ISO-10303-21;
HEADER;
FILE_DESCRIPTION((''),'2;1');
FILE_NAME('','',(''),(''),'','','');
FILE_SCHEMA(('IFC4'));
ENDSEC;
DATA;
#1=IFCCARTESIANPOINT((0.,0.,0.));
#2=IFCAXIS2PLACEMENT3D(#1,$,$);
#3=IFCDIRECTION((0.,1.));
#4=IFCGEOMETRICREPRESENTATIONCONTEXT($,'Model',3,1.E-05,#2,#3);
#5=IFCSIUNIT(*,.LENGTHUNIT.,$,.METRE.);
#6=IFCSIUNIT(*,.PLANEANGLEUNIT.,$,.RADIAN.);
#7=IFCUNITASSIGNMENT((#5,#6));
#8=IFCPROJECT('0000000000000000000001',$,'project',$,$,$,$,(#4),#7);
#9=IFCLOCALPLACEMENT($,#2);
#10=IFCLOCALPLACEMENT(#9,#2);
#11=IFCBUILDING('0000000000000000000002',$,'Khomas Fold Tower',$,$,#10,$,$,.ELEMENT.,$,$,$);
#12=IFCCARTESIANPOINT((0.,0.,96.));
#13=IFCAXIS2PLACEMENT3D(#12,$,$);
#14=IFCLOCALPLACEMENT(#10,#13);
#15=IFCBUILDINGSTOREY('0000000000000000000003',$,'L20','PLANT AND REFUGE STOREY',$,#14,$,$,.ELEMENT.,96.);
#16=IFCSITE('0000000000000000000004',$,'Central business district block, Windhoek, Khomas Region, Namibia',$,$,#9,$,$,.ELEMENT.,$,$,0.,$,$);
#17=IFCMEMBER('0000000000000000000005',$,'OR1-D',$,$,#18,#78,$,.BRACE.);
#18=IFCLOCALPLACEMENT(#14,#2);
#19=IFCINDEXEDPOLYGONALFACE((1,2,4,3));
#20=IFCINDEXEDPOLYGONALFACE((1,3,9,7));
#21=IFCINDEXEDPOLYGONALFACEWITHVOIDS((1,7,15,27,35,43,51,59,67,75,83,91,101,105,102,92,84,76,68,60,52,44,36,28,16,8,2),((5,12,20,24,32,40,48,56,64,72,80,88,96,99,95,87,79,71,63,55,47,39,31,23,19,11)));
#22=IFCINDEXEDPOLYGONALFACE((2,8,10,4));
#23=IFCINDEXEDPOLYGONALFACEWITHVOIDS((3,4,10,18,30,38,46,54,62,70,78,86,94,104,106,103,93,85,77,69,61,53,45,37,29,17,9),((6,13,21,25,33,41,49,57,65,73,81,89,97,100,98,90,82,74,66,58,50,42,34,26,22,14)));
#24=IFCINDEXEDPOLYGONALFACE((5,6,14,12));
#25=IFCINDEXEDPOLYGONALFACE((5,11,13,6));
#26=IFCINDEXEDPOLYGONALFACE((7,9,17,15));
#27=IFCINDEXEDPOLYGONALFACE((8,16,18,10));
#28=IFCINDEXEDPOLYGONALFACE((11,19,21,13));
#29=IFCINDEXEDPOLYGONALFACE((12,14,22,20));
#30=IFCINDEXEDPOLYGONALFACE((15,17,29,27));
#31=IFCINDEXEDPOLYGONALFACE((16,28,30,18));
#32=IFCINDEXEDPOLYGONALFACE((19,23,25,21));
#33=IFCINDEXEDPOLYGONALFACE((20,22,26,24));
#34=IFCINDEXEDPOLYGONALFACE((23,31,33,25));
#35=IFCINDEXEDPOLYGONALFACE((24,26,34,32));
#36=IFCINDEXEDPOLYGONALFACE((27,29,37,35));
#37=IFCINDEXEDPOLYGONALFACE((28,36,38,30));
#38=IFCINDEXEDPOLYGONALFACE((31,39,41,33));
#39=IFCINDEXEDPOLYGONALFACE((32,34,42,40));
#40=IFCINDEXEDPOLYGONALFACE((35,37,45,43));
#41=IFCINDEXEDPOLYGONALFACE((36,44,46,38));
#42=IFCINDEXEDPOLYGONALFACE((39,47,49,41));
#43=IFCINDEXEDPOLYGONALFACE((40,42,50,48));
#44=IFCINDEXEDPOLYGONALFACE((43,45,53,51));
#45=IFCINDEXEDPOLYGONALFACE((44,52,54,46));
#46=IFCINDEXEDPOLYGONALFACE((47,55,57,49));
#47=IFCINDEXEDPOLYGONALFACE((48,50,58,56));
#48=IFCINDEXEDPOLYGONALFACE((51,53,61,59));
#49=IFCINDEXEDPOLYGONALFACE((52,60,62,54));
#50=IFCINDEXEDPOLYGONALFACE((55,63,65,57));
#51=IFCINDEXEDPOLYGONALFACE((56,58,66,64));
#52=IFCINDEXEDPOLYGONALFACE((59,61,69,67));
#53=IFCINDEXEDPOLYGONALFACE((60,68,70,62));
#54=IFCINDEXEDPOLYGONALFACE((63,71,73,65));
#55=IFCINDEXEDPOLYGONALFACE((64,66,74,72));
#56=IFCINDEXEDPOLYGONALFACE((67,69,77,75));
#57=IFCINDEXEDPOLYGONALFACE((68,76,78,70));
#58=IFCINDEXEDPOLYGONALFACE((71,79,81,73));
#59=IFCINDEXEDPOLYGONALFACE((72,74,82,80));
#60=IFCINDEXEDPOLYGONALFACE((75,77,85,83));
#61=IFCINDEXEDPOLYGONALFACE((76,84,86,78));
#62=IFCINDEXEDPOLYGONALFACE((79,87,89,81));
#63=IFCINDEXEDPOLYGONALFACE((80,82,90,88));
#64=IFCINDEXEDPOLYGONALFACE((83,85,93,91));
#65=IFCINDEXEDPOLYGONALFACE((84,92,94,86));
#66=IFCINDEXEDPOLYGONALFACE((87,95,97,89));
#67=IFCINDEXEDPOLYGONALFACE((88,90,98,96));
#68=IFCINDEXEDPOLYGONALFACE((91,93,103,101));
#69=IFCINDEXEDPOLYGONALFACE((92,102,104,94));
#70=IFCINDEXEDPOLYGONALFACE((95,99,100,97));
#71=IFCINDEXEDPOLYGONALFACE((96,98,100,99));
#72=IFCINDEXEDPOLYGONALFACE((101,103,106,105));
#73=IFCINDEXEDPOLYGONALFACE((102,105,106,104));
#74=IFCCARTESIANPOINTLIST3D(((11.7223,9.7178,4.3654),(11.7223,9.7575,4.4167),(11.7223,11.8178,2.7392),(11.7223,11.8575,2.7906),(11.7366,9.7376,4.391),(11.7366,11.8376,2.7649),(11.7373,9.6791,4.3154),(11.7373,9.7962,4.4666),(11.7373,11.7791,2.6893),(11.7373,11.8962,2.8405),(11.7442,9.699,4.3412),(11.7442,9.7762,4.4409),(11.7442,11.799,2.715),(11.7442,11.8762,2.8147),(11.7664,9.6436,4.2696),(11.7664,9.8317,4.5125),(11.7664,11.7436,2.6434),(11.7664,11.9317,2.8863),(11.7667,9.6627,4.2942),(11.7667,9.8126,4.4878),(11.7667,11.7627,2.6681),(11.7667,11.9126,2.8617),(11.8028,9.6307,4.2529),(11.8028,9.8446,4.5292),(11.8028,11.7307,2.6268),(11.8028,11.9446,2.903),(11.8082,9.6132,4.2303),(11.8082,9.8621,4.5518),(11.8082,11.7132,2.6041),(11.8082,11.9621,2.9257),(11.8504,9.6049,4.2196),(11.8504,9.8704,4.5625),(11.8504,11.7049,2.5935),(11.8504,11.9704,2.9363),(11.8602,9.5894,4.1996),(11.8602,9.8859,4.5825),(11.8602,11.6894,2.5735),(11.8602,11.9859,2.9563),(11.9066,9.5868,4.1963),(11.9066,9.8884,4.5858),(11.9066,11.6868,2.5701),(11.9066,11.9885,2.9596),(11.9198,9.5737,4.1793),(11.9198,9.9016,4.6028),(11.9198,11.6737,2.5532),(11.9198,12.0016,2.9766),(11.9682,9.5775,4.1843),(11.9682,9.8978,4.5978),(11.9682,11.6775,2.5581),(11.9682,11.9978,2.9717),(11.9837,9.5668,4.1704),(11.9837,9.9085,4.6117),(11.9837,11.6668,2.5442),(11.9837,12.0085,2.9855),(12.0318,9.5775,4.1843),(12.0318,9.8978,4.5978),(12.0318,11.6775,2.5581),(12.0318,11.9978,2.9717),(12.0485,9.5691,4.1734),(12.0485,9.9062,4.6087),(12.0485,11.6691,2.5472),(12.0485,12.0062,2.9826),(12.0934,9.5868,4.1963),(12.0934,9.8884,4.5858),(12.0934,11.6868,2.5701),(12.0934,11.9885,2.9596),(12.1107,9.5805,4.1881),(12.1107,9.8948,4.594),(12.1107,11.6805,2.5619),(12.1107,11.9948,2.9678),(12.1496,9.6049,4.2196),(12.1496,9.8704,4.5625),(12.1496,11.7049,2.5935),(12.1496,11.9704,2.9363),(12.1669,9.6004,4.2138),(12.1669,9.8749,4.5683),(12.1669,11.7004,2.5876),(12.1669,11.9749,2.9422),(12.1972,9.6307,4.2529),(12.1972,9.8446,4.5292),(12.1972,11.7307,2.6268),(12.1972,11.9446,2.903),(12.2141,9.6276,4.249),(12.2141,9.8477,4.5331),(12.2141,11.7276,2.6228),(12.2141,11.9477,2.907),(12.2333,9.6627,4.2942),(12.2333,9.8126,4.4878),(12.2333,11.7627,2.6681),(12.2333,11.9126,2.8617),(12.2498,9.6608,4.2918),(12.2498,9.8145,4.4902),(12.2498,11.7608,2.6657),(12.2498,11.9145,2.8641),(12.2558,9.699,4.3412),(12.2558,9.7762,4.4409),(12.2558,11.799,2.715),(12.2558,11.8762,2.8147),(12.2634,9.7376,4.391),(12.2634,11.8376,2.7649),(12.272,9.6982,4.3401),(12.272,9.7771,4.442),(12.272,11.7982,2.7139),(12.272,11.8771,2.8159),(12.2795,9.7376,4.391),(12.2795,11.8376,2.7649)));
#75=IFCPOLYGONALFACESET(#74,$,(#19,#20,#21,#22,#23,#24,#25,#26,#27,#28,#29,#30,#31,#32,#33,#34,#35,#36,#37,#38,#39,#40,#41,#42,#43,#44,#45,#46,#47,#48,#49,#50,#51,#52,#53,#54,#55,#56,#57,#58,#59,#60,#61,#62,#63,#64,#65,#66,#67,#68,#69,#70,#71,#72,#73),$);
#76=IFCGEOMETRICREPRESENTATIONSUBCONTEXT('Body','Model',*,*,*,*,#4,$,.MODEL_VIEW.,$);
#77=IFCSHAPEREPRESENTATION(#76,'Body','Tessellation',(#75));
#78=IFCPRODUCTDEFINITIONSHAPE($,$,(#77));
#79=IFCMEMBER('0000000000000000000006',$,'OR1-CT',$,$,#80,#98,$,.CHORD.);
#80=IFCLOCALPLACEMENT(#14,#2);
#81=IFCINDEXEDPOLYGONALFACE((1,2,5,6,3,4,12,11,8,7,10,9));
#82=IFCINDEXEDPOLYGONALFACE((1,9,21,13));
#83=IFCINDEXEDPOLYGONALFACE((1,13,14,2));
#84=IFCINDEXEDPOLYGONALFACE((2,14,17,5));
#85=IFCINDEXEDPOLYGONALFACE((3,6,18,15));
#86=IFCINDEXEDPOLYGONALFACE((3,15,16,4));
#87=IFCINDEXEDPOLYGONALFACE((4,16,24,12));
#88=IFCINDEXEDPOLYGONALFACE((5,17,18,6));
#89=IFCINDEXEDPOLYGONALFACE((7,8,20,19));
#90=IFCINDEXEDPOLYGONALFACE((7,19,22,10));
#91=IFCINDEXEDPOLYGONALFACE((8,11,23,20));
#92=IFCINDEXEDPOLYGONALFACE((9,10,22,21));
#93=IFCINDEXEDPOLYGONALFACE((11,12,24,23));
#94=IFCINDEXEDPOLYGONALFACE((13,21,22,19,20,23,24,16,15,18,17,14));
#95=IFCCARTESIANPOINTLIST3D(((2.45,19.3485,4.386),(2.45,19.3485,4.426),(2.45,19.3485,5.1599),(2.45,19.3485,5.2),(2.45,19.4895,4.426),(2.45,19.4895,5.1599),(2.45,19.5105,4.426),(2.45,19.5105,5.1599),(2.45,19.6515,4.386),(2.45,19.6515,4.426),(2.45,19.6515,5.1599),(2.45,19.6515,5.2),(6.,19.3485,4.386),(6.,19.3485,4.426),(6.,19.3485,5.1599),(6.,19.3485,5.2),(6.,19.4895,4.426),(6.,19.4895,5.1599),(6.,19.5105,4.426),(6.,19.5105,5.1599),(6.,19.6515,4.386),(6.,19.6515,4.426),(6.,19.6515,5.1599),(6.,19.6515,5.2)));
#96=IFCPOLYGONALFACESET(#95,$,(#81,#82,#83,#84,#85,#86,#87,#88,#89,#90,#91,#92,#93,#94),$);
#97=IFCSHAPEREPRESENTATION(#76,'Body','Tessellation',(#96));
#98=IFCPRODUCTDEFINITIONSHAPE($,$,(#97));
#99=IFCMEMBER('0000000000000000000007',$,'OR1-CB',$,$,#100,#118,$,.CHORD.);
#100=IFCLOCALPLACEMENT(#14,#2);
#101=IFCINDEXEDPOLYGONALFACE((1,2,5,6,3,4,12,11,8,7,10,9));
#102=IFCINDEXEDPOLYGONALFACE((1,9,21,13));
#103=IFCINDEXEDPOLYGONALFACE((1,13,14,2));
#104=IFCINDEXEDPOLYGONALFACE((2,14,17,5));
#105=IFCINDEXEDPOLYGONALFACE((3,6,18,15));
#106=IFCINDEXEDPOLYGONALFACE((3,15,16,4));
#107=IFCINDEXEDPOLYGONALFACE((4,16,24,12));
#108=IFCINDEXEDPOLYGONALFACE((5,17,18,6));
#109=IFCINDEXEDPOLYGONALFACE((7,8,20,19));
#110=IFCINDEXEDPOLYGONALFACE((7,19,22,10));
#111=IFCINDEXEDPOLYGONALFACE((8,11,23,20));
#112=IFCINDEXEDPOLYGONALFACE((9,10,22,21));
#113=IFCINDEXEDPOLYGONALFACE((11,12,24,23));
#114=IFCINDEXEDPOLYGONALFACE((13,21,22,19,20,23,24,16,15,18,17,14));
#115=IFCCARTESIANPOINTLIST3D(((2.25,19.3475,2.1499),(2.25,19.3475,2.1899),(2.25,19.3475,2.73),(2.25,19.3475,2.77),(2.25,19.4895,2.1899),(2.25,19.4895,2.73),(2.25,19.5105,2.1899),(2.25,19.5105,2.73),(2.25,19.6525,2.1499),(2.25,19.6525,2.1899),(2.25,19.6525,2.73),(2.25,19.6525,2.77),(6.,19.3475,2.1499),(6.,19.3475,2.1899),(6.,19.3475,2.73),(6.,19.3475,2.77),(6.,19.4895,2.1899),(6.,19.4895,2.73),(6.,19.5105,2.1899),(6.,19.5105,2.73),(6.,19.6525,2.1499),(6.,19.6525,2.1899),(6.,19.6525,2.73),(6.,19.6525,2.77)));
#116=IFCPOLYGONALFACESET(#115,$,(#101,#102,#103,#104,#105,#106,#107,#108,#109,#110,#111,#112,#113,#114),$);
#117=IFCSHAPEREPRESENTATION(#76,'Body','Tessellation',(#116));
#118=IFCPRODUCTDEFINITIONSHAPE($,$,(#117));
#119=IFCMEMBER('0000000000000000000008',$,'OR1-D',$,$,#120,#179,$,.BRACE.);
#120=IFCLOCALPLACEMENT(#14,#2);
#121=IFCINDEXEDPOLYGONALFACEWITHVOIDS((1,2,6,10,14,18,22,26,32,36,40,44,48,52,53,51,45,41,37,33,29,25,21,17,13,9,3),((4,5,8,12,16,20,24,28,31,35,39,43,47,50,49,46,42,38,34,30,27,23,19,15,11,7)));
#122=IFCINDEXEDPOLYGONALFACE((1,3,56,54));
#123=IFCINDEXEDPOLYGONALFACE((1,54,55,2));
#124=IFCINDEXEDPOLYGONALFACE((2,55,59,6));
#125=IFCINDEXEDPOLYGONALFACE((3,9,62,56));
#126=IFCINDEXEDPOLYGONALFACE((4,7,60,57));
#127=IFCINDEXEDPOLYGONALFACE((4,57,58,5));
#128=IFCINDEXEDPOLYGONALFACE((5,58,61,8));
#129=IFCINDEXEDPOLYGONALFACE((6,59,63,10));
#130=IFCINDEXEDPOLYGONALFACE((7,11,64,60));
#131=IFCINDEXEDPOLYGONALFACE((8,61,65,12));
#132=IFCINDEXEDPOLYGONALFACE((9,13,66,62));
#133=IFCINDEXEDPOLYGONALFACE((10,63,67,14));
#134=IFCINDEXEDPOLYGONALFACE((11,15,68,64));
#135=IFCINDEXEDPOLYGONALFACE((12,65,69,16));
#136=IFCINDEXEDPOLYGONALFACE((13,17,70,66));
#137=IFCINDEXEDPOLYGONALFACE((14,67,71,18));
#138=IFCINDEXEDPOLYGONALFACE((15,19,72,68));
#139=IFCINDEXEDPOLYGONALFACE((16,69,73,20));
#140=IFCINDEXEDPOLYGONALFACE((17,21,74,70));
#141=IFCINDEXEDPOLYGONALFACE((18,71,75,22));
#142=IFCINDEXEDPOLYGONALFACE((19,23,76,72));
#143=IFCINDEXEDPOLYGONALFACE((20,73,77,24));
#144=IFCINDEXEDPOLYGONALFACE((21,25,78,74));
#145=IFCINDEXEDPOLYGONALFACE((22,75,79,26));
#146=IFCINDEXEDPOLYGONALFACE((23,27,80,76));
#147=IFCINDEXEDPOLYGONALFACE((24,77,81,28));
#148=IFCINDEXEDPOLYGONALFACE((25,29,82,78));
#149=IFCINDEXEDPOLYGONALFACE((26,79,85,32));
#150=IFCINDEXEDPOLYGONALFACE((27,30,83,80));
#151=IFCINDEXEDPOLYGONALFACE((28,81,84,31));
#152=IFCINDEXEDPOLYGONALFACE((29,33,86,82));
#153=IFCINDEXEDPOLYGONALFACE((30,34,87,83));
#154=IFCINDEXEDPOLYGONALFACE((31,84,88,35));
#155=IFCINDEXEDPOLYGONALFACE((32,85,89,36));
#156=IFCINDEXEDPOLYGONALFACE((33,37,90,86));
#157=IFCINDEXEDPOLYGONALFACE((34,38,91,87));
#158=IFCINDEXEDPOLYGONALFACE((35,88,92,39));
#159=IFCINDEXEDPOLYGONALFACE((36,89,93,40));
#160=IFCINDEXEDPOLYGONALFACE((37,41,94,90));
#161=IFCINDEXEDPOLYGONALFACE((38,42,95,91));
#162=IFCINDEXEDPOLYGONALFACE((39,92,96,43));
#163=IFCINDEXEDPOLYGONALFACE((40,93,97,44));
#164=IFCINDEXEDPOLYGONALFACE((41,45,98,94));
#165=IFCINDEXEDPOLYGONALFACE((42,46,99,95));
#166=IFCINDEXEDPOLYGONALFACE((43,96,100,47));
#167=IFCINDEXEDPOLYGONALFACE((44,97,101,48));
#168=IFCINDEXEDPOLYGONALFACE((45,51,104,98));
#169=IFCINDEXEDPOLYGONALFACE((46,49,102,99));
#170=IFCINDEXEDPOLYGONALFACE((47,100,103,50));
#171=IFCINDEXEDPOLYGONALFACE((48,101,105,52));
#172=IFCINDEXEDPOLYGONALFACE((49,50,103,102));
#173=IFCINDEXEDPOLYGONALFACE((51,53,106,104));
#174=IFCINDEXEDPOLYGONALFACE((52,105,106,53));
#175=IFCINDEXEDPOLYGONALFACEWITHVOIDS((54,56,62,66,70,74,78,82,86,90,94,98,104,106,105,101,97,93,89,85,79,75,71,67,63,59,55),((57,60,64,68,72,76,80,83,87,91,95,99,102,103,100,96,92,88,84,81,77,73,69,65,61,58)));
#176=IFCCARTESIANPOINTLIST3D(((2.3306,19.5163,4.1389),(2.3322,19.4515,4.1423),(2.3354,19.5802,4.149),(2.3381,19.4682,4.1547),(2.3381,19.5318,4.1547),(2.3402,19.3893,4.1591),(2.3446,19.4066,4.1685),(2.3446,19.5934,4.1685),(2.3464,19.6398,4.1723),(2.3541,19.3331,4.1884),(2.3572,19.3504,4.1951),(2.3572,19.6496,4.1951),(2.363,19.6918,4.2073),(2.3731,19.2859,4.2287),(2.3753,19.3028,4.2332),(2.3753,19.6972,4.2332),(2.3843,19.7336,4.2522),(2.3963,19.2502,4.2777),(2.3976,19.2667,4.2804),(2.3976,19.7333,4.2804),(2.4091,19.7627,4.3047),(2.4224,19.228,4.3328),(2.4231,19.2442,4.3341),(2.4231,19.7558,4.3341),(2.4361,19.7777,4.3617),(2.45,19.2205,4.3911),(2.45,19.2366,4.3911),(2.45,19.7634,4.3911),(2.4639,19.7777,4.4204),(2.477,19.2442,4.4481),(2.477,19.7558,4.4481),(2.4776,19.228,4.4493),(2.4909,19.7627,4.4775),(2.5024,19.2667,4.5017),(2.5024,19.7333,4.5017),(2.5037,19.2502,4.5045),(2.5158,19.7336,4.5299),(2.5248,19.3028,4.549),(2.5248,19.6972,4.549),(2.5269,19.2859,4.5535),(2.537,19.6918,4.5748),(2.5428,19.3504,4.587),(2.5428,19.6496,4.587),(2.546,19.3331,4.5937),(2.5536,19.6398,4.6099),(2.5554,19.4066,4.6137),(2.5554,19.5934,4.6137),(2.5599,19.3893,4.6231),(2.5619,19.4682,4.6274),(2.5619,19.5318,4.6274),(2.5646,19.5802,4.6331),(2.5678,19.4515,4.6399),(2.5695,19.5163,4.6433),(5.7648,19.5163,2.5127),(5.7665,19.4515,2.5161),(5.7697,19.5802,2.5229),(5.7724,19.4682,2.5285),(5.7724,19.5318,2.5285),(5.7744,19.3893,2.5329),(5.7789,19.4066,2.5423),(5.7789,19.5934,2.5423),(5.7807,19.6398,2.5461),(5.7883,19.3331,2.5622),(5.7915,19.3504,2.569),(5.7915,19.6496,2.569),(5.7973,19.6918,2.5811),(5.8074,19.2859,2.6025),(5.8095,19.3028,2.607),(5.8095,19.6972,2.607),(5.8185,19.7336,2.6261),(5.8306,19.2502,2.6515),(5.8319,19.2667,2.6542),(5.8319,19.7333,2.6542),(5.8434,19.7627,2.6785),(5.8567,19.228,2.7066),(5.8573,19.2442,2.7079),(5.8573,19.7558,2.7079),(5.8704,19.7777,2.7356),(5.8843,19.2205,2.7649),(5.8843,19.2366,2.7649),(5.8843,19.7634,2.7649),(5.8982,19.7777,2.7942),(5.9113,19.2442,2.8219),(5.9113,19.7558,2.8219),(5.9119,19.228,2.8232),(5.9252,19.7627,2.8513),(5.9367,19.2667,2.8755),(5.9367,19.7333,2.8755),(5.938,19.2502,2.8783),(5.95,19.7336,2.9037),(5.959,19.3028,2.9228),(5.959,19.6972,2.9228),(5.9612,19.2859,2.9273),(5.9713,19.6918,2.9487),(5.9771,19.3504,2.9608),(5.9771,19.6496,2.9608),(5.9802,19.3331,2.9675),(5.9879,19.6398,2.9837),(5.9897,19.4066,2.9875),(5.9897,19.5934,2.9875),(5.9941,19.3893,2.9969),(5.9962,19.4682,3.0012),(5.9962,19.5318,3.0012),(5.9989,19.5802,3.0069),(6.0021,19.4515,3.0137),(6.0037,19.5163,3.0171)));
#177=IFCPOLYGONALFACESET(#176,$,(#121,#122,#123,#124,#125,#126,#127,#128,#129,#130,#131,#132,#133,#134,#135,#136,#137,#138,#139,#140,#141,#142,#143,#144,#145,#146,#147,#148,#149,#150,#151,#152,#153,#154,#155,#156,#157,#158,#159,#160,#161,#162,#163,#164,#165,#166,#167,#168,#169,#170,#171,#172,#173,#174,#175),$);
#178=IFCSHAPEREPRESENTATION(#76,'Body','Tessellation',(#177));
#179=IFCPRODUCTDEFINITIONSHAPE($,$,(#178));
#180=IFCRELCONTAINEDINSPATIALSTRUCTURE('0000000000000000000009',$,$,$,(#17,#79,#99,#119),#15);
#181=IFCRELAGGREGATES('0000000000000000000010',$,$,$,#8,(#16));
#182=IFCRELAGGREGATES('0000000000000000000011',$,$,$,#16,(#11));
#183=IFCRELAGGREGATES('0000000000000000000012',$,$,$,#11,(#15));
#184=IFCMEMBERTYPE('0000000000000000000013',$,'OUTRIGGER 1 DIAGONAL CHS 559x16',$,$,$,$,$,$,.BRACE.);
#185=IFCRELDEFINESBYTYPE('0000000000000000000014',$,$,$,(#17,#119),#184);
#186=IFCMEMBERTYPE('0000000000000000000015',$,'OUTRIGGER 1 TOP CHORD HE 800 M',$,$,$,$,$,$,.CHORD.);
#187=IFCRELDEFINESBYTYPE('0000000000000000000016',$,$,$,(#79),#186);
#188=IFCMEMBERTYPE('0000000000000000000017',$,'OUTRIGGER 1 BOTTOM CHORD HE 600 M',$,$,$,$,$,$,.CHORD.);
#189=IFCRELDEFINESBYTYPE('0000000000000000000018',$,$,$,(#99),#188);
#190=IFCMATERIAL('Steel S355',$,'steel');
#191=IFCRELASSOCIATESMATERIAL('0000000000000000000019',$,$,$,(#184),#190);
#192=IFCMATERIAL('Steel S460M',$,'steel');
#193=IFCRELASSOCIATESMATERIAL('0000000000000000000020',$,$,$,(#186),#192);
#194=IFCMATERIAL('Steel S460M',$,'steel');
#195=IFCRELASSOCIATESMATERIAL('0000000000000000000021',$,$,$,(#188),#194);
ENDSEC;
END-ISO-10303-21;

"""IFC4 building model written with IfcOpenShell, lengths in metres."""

from ifc_helpers import new_model, si_unit, direction, frame, origin, origin_2d, place, context, subcontext, project, spatial, hollow_circle, i_section, extrude, source, transform, mapped, material, material_profile, profile_set, type_object, element, save


model = new_model("IFC4")

# Units and contexts
model_context = context("Model", 3, precision=1e-05, world=origin(), true_north=direction((0.0, 1.0)))
body_context = subcontext(model_context, "Body", "Model", "MODEL_VIEW")
ifc_project = project(units=[si_unit("LENGTHUNIT", "METRE"), si_unit("PLANEANGLEUNIT", "RADIAN")], contexts=[model_context])

# Site, building, storey
site_placement = place(None, origin())
site = spatial("IfcSite", under=ifc_project, at=site_placement, Name="Central business district block, Windhoek, Khomas Region, Namibia", CompositionType="ELEMENT", RefElevation=0.0)
building_placement = place(site_placement, origin())
building = spatial("IfcBuilding", under=site, at=building_placement, Name="Khomas Fold Tower", CompositionType="ELEMENT")
storey_placement = place(building_placement, frame((0.0, 0.0, 96.0)))
storey = spatial("IfcBuildingStorey", under=building, at=storey_placement, Name="L20", Description="PLANT AND REFUGE STOREY", CompositionType="ELEMENT", Elevation=96.0)

# Members
ifc_material_1 = material(Name="Steel S355", Category="steel")
ifc_material_profile_1 = material_profile(ifc_material_1, hollow_circle(Radius=0.2795, WallThickness=0.0161, at=origin_2d()), Name="CHS 559x16")
ifc_profile_set_1 = profile_set([ifc_material_profile_1], Name="Steel S355")
member_type_1 = type_object("IfcMemberType", Name="OUTRIGGER 1 DIAGONAL CHS 559x16", PredefinedType="BRACE", material=ifc_profile_set_1)
shared_shape_1 = source(origin(), body_context, "Body", "SweptSolid", [
    extrude(hollow_circle(Radius=0.2795, WallThickness=0.0161, at=origin_2d()), origin(), (0.0, 0.0, 1.0), 2.656),
])
member_1_placement = place(storey_placement, frame((12.0, 11.8376, 2.7649), z_axis=(0.0, -0.790662, 0.612253), x_axis=(1.0, 0.0, 0.0)))
element("IfcMember", 1, at=member_1_placement, inside=storey, type_object=member_type_1, Name="OR1-D", PredefinedType="BRACE", context=body_context, shape_type="MappedRepresentation", body=[
    mapped(shared_shape_1, transform((0.0, 0.0, 0.0))),
])
ifc_material_2 = material(Name="Steel S460M", Category="steel")
ifc_material_profile_2 = material_profile(ifc_material_2, i_section(OverallWidth=0.303, OverallDepth=0.814, WebThickness=0.021, FlangeThickness=0.04, at=origin_2d()), Name="HE 800 M")
ifc_profile_set_2 = profile_set([ifc_material_profile_2], Name="Steel S460M")
member_type_2 = type_object("IfcMemberType", Name="OUTRIGGER 1 TOP CHORD HE 800 M", PredefinedType="CHORD", material=ifc_profile_set_2)
shared_shape_2 = source(origin(), body_context, "Body", "SweptSolid", [
    extrude(i_section(OverallWidth=0.303, OverallDepth=0.814, WebThickness=0.021, FlangeThickness=0.04, at=origin_2d()), origin(), (0.0, 0.0, 1.0), 3.55),
])
member_2_placement = place(storey_placement, frame((6.0, 19.5, 4.793), z_axis=(-1.0, 0.0, 0.0), x_axis=(0.0, -1.0, 0.0)))
element("IfcMember", 2, at=member_2_placement, inside=storey, type_object=member_type_2, Name="OR1-CT", PredefinedType="CHORD", context=body_context, shape_type="MappedRepresentation", body=[
    mapped(shared_shape_2, transform((0.0, 0.0, 0.0))),
])
ifc_material_3 = material(Name="Steel S460M", Category="steel")
ifc_material_profile_3 = material_profile(ifc_material_3, i_section(OverallWidth=0.3049, OverallDepth=0.6201, WebThickness=0.021, FlangeThickness=0.04, at=origin_2d()), Name="HE 600 M")
ifc_profile_set_3 = profile_set([ifc_material_profile_3], Name="Steel S460M")
member_type_3 = type_object("IfcMemberType", Name="OUTRIGGER 1 BOTTOM CHORD HE 600 M", PredefinedType="CHORD", material=ifc_profile_set_3)
shared_shape_3 = source(origin(), body_context, "Body", "SweptSolid", [
    extrude(i_section(OverallWidth=0.3049, OverallDepth=0.6201, WebThickness=0.021, FlangeThickness=0.04, at=origin_2d()), origin(), (0.0, 0.0, 1.0), 3.75),
])
member_3_placement = place(storey_placement, frame((6.0, 19.5, 2.46), z_axis=(-1.0, 0.0, 0.0), x_axis=(0.0, -1.0, 0.0)))
element("IfcMember", 3, at=member_3_placement, inside=storey, type_object=member_type_3, Name="OR1-CB", PredefinedType="CHORD", context=body_context, shape_type="MappedRepresentation", body=[
    mapped(shared_shape_3, transform((0.0, 0.0, 0.0))),
])
shared_shape_4 = source(origin(), body_context, "Body", "SweptSolid", [
    extrude(hollow_circle(Radius=0.2795, WallThickness=0.0161, at=origin_2d()), origin(), (0.0, 0.0, 1.0), 3.7998),
])
member_4_placement = place(storey_placement, frame((5.8843, 19.5, 2.7649), z_axis=(-0.903795, 0.0, 0.427965), x_axis=(0.0, -1.0, 0.0)))
element("IfcMember", 4, at=member_4_placement, inside=storey, type_object=member_type_1, Name="OR1-D", PredefinedType="BRACE", context=body_context, shape_type="MappedRepresentation", body=[
    mapped(shared_shape_4, transform((0.0, 0.0, 0.0))),
])

save(model, "model.ifc")
